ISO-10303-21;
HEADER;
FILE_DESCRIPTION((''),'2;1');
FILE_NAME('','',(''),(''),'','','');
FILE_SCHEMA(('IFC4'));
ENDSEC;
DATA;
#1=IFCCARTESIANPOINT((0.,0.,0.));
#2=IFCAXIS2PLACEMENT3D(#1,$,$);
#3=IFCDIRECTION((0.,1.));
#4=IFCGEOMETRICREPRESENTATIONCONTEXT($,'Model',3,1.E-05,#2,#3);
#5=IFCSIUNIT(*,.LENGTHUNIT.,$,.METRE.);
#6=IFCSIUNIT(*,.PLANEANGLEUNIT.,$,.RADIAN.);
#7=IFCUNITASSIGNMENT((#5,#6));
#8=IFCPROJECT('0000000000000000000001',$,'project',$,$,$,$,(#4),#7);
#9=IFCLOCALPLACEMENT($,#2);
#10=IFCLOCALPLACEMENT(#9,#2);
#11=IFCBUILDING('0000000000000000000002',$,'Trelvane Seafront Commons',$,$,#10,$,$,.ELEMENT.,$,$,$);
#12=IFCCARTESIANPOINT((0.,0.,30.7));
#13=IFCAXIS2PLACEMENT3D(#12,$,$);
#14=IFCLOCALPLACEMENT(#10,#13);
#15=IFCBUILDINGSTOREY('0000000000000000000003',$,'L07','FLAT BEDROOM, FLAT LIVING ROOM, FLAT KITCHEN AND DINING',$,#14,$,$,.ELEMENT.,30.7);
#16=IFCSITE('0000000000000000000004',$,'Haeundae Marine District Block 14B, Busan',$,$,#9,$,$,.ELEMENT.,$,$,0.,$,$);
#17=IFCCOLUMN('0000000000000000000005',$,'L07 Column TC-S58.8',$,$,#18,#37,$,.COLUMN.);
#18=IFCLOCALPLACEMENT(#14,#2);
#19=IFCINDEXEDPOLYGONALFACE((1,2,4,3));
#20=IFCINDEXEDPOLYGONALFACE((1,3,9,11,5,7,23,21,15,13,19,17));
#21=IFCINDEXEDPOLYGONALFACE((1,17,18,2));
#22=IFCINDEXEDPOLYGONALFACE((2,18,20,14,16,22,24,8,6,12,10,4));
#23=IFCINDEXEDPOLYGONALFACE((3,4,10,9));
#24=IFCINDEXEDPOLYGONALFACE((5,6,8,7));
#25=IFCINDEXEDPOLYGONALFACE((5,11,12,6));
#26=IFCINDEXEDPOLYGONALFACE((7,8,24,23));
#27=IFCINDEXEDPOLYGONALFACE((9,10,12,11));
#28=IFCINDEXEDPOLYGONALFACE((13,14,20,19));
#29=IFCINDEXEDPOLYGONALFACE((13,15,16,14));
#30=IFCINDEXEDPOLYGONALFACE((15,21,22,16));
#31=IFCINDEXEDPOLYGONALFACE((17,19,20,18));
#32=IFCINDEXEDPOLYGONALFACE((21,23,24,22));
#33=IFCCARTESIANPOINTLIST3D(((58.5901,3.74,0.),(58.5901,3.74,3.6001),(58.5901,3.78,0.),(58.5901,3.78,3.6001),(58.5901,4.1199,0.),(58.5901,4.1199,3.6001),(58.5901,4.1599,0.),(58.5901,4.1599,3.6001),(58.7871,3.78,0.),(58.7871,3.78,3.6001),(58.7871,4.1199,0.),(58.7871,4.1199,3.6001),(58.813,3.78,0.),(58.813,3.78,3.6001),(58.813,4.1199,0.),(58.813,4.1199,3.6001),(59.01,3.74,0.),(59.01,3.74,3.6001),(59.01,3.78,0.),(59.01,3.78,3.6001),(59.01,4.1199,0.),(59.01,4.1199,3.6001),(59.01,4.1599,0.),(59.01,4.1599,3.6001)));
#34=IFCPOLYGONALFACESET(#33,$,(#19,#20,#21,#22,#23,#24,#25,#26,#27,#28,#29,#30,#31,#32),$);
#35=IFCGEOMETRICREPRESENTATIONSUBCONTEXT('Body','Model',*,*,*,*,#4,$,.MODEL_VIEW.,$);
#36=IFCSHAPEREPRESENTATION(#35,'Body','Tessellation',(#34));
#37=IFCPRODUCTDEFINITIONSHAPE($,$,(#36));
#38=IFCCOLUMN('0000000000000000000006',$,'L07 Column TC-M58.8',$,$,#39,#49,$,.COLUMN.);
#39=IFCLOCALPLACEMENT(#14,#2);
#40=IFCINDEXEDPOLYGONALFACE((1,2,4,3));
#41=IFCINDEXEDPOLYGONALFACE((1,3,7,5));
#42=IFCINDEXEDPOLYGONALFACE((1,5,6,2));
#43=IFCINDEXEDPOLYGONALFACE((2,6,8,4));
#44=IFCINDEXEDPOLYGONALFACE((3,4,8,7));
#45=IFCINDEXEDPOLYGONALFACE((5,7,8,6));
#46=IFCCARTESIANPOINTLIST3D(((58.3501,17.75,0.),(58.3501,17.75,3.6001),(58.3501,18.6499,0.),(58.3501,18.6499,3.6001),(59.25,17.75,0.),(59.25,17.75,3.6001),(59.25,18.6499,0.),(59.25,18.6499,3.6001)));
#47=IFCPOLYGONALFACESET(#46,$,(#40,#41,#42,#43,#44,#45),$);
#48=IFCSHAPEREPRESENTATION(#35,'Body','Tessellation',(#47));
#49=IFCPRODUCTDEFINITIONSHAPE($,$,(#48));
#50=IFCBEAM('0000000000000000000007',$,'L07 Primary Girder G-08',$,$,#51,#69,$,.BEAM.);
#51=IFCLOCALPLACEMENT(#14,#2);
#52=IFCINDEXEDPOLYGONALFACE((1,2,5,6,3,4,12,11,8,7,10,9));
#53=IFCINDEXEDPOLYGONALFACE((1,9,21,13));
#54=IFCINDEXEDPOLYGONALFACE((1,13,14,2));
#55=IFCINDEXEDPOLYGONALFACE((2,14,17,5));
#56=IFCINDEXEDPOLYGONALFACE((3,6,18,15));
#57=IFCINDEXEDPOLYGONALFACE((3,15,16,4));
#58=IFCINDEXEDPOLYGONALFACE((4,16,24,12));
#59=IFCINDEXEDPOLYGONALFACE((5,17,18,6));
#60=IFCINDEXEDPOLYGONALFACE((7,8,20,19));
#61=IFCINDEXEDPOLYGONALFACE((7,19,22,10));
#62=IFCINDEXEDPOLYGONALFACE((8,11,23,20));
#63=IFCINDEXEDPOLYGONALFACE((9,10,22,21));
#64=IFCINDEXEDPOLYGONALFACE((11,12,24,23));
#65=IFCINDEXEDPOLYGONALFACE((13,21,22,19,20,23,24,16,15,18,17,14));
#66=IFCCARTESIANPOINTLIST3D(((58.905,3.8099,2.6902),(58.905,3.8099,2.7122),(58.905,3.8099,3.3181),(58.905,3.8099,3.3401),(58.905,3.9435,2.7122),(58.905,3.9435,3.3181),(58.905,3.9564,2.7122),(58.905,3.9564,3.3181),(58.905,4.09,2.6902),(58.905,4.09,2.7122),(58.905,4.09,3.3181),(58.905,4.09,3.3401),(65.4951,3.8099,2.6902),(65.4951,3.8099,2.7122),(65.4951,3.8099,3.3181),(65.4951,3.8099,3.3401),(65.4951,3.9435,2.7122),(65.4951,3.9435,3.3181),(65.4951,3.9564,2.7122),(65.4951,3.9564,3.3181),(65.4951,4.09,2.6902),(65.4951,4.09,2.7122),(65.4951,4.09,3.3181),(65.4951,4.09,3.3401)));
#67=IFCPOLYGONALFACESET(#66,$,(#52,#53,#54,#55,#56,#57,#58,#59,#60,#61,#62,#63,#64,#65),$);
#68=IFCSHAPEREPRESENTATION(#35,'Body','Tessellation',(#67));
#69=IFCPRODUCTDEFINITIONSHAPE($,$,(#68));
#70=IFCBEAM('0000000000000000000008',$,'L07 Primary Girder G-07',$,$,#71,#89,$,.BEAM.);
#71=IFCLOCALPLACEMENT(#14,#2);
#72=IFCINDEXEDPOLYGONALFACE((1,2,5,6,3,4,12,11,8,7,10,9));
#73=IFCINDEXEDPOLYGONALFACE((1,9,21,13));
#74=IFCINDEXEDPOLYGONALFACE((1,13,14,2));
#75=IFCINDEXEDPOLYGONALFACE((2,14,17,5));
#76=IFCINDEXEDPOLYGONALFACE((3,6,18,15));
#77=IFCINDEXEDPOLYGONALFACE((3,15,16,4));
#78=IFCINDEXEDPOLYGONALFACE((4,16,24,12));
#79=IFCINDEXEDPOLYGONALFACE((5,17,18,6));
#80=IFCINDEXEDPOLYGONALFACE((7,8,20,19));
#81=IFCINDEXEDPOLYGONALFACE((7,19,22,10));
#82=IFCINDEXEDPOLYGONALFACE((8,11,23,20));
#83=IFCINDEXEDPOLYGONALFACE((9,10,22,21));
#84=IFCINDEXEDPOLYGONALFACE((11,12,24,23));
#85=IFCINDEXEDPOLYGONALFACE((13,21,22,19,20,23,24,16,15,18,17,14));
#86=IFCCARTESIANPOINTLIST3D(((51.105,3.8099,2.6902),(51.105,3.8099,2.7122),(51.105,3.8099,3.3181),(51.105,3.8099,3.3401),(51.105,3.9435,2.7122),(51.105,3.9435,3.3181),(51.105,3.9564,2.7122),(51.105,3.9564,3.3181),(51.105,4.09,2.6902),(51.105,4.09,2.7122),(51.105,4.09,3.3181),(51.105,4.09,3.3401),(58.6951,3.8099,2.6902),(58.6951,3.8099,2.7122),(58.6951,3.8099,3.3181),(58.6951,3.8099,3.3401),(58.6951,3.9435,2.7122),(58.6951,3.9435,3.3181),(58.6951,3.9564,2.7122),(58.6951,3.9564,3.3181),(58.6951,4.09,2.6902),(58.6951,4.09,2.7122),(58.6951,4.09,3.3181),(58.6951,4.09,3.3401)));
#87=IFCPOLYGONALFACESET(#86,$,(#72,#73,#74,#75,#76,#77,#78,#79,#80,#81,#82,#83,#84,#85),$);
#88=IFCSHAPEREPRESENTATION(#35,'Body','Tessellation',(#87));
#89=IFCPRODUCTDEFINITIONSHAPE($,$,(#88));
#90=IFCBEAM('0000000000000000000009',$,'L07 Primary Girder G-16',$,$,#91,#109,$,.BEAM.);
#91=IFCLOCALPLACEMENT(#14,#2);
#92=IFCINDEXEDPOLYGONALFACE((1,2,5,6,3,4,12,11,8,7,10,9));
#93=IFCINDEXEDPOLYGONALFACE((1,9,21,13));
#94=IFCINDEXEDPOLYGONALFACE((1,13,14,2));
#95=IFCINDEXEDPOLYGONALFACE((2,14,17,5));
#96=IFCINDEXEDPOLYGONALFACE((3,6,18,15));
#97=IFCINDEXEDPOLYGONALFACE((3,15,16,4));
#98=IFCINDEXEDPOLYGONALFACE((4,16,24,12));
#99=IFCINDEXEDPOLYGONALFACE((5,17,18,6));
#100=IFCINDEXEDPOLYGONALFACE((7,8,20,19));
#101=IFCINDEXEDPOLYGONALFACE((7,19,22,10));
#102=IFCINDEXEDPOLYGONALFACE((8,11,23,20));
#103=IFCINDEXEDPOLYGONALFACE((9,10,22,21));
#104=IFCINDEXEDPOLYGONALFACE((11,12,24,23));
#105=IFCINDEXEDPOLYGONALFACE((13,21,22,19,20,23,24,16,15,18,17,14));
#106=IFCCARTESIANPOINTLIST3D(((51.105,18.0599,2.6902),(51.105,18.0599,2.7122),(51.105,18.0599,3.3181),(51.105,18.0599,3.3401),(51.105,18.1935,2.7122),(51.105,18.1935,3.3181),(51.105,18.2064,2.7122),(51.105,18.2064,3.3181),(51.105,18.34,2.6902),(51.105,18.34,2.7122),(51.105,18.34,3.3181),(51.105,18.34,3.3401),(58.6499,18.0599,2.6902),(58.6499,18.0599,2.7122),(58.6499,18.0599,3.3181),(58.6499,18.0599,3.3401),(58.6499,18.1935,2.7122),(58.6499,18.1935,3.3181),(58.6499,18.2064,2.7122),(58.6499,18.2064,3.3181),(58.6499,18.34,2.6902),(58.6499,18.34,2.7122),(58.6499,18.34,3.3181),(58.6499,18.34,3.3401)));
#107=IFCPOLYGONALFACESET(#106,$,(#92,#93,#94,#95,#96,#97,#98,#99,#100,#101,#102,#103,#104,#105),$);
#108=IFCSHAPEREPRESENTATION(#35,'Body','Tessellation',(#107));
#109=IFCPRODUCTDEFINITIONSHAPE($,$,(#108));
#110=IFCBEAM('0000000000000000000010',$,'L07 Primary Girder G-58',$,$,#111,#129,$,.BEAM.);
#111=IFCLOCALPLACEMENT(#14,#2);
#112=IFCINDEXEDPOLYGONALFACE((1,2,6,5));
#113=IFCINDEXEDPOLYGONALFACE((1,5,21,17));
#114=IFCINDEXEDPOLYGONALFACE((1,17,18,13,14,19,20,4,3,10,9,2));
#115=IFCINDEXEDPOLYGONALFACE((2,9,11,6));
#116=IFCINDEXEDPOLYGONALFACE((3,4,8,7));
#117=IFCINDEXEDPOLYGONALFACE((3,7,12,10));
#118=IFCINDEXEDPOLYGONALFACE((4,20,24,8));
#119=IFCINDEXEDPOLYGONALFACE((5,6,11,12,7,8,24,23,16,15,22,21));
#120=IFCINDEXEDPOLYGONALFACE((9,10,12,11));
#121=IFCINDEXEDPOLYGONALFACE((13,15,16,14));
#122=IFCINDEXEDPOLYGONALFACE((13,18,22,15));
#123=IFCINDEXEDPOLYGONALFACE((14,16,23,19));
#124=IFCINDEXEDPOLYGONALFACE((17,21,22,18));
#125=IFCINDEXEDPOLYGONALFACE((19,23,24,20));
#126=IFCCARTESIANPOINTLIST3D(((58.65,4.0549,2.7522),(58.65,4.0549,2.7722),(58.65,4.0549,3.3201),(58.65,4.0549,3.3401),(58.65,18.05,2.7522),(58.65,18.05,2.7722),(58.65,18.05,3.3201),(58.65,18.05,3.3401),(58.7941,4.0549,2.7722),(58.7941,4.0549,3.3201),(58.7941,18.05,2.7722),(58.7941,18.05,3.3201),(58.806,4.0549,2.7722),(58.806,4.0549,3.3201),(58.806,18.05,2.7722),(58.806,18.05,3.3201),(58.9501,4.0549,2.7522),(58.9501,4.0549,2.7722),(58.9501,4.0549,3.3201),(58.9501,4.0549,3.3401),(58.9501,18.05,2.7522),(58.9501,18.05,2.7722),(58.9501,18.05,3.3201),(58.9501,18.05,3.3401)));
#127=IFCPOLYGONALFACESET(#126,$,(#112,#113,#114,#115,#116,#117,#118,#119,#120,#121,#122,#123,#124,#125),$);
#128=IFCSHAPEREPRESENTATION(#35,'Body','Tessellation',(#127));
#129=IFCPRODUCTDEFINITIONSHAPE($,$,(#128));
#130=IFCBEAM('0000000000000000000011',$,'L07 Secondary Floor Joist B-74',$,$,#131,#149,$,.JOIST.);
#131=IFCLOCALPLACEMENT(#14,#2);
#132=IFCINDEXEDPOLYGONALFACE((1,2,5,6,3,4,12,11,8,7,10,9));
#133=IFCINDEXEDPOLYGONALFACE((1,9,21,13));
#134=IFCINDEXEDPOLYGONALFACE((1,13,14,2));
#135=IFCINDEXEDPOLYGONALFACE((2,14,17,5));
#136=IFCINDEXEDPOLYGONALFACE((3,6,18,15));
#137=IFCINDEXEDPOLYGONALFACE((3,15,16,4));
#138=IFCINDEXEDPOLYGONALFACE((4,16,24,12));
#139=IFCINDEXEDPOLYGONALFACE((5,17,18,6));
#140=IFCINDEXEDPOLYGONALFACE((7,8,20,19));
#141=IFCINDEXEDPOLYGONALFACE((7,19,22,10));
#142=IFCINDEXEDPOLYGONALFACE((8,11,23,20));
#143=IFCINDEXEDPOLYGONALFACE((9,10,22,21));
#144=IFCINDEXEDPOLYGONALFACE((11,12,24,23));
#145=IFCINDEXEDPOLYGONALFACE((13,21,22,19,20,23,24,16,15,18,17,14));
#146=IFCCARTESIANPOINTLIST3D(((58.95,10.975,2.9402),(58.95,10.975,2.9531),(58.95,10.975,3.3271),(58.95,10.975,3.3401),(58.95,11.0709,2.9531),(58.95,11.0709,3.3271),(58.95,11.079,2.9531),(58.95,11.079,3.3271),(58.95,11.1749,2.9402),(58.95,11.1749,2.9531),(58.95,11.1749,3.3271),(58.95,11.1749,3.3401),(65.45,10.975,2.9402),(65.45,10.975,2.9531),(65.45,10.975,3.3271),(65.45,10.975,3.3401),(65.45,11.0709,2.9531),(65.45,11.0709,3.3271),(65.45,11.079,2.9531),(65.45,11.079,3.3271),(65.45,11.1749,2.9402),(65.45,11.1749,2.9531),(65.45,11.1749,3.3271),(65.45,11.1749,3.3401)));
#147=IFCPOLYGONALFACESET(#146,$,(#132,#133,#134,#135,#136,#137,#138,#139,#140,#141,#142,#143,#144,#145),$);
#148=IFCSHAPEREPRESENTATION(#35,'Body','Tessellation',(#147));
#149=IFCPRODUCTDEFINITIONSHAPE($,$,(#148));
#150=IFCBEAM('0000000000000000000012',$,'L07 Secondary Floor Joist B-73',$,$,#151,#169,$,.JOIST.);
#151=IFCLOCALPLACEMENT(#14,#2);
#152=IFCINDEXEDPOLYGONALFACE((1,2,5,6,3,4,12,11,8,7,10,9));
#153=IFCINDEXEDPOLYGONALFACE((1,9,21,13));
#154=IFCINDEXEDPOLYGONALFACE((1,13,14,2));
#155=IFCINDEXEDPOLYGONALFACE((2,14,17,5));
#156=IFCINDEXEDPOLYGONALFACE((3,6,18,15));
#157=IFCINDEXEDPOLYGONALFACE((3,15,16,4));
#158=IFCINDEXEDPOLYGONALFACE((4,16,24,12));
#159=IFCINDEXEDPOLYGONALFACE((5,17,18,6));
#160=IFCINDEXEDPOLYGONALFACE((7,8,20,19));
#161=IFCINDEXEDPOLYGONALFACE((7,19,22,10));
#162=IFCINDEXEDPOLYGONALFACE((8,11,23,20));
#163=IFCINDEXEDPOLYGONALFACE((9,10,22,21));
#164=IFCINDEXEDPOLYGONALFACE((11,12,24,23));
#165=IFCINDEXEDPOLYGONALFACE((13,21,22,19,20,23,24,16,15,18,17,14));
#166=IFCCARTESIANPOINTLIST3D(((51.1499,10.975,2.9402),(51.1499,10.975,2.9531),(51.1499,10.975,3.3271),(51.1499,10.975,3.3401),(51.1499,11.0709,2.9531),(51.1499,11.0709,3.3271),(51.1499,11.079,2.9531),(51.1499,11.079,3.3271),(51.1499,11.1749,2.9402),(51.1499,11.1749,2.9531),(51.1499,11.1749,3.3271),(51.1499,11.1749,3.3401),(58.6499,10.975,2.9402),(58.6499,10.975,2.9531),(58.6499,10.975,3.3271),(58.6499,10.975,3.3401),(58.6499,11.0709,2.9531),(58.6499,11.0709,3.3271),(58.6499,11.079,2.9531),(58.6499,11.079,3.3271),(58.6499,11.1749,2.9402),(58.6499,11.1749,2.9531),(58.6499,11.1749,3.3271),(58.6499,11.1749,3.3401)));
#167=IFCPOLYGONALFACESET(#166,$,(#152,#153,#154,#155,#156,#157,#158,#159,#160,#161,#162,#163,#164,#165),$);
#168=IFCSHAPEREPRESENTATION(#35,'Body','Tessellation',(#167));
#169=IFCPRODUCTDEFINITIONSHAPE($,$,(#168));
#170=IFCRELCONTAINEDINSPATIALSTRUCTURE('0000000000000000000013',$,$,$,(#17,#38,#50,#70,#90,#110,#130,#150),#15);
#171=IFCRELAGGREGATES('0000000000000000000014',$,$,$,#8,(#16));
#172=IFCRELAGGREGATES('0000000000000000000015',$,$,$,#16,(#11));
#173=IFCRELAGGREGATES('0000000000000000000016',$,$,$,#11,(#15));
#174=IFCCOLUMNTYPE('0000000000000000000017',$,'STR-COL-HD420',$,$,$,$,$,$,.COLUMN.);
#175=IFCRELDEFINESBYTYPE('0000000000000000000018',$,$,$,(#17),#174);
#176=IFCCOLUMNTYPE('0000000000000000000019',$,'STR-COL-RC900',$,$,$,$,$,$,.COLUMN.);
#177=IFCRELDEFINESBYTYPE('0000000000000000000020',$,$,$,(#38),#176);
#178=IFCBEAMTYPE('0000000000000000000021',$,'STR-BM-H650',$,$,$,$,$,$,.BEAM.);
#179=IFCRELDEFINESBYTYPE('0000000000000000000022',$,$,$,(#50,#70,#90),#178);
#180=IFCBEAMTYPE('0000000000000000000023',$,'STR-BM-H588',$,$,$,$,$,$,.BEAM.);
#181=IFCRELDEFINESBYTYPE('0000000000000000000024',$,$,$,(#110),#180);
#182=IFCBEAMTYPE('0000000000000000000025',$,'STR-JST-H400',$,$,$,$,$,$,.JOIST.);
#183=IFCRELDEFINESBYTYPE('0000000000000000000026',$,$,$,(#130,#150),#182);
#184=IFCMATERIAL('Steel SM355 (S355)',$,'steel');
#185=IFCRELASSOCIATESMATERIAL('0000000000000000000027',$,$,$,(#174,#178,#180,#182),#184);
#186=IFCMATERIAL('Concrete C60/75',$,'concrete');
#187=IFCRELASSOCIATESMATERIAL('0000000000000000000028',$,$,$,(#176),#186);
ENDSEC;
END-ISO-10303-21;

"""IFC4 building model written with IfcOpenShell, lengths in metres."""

from ifc_helpers import new_model, si_unit, direction, frame, origin, origin_2d, place, context, subcontext, project, spatial, rectangle, i_section, extrude, source, transform, mapped, material, material_profile, profile_set, type_object, element, save


model = new_model("IFC4")

# Units and contexts
model_context = context("Model", 3, precision=1e-05, world=origin(), true_north=direction((0.0, 1.0)))
body_context = subcontext(model_context, "Body", "Model", "MODEL_VIEW")
ifc_project = project(units=[si_unit("LENGTHUNIT", "METRE"), si_unit("PLANEANGLEUNIT", "RADIAN")], contexts=[model_context])

# Site, building, storey
site_placement = place(None, origin())
site = spatial("IfcSite", under=ifc_project, at=site_placement, Name="Haeundae Marine District Block 14B, Busan", CompositionType="ELEMENT", RefElevation=0.0)
building_placement = place(site_placement, origin())
building = spatial("IfcBuilding", under=site, at=building_placement, Name="Trelvane Seafront Commons", CompositionType="ELEMENT")
storey_placement = place(building_placement, frame((0.0, 0.0, 30.7)))
storey = spatial("IfcBuildingStorey", under=building, at=storey_placement, Name="L07", Description="FLAT BEDROOM, FLAT LIVING ROOM, FLAT KITCHEN AND DINING", CompositionType="ELEMENT", Elevation=30.7)

# Columns
ifc_material_1 = material(Name="Steel SM355 (S355)", Category="steel")
ifc_material_profile_1 = material_profile(ifc_material_1, i_section(OverallWidth=0.4199, OverallDepth=0.4199, WebThickness=0.0259, FlangeThickness=0.04, at=origin_2d()), Name="HD-420x420x26x40")
ifc_profile_set_1 = profile_set([ifc_material_profile_1], Name="Steel SM355 (S355)")
column_type_1 = type_object("IfcColumnType", Name="STR-COL-HD420", PredefinedType="COLUMN", material=ifc_profile_set_1)
shared_shape_1 = source(origin(), body_context, "Body", "SweptSolid", [
    extrude(i_section(OverallWidth=0.4199, OverallDepth=0.4199, WebThickness=0.0259, FlangeThickness=0.04, at=origin_2d()), origin(), (0.0, 0.0, 1.0), 3.6001),
])
column_1_placement = place(storey_placement, frame((58.8, 3.95, 0.0), z_axis=(0.0, 0.0, 1.0), x_axis=(1.0, 0.0, 0.0)))
element("IfcColumn", 1, at=column_1_placement, inside=storey, type_object=column_type_1, Name="L07 Column TC-S58.8", PredefinedType="COLUMN", context=body_context, shape_type="MappedRepresentation", body=[
    mapped(shared_shape_1, transform((0.0, 0.0, 0.0), x_axis=(1.0, 0.0, 0.0), y_axis=(0.0, 1.0, 0.0), z_axis=(0.0, 0.0, 1.0), scale=1.0)),
])
ifc_material_2 = material(Name="Concrete C60/75", Category="concrete")
ifc_material_profile_2 = material_profile(ifc_material_2, rectangle(XDim=0.8999, YDim=0.8999, at=origin_2d()), Name="RC-900x900")
ifc_profile_set_2 = profile_set([ifc_material_profile_2], Name="Concrete C60/75")
column_type_2 = type_object("IfcColumnType", Name="STR-COL-RC900", PredefinedType="COLUMN", material=ifc_profile_set_2)
shared_shape_2 = source(origin(), body_context, "Body", "SweptSolid", [
    extrude(rectangle(XDim=0.8999, YDim=0.8999, at=origin_2d()), origin(), (0.0, 0.0, 1.0), 3.6001),
])
column_2_placement = place(storey_placement, frame((58.8, 18.2, 0.0), z_axis=(0.0, 0.0, 1.0), x_axis=(1.0, 0.0, 0.0)))
element("IfcColumn", 2, at=column_2_placement, inside=storey, type_object=column_type_2, Name="L07 Column TC-M58.8", PredefinedType="COLUMN", context=body_context, shape_type="MappedRepresentation", body=[
    mapped(shared_shape_2, transform((0.0, 0.0, 0.0), x_axis=(1.0, 0.0, 0.0), y_axis=(0.0, 1.0, 0.0), z_axis=(0.0, 0.0, 1.0), scale=1.0)),
])

# Beams
ifc_material_profile_3 = material_profile(ifc_material_1, i_section(OverallWidth=0.28, OverallDepth=0.6499, WebThickness=0.0129, FlangeThickness=0.022, at=origin_2d()), Name="H-650x280x13x22")
ifc_profile_set_3 = profile_set([ifc_material_profile_3], Name="Steel SM355 (S355)")
beam_type_1 = type_object("IfcBeamType", Name="STR-BM-H650", PredefinedType="BEAM", material=ifc_profile_set_3)
shared_shape_3 = source(origin(), body_context, "Body", "SweptSolid", [
    extrude(i_section(OverallWidth=0.28, OverallDepth=0.6499, WebThickness=0.0129, FlangeThickness=0.022, at=origin_2d()), origin(), (0.0, 0.0, 1.0), 6.5901),
])
beam_1_placement = place(storey_placement, frame((58.905, 3.95, 3.0151), z_axis=(1.0, 0.0, 0.0), x_axis=(0.0, 1.0, 0.0)))
element("IfcBeam", 3, at=beam_1_placement, inside=storey, type_object=beam_type_1, Name="L07 Primary Girder G-08", PredefinedType="BEAM", context=body_context, shape_type="MappedRepresentation", body=[
    mapped(shared_shape_3, transform((0.0, 0.0, 0.0), x_axis=(1.0, 0.0, 0.0), y_axis=(0.0, 1.0, 0.0), z_axis=(0.0, 0.0, 1.0), scale=1.0)),
])
shared_shape_4 = source(origin(), body_context, "Body", "SweptSolid", [
    extrude(i_section(OverallWidth=0.28, OverallDepth=0.6499, WebThickness=0.0129, FlangeThickness=0.022, at=origin_2d()), origin(), (0.0, 0.0, 1.0), 7.5901),
])
beam_2_placement = place(storey_placement, frame((51.105, 3.95, 3.0151), z_axis=(1.0, 0.0, 0.0), x_axis=(0.0, 1.0, 0.0)))
element("IfcBeam", 4, at=beam_2_placement, inside=storey, type_object=beam_type_1, Name="L07 Primary Girder G-07", PredefinedType="BEAM", context=body_context, shape_type="MappedRepresentation", body=[
    mapped(shared_shape_4, transform((0.0, 0.0, 0.0), x_axis=(1.0, 0.0, 0.0), y_axis=(0.0, 1.0, 0.0), z_axis=(0.0, 0.0, 1.0), scale=1.0)),
])
shared_shape_5 = source(origin(), body_context, "Body", "SweptSolid", [
    extrude(i_section(OverallWidth=0.28, OverallDepth=0.6499, WebThickness=0.0129, FlangeThickness=0.022, at=origin_2d()), origin(), (0.0, 0.0, 1.0), 7.5449),
])
beam_3_placement = place(storey_placement, frame((51.105, 18.2, 3.0151), z_axis=(1.0, 0.0, 0.0), x_axis=(0.0, 1.0, 0.0)))
element("IfcBeam", 5, at=beam_3_placement, inside=storey, type_object=beam_type_1, Name="L07 Primary Girder G-16", PredefinedType="BEAM", context=body_context, shape_type="MappedRepresentation", body=[
    mapped(shared_shape_5, transform((0.0, 0.0, 0.0), x_axis=(1.0, 0.0, 0.0), y_axis=(0.0, 1.0, 0.0), z_axis=(0.0, 0.0, 1.0), scale=1.0)),
])
ifc_material_profile_4 = material_profile(ifc_material_1, i_section(OverallWidth=0.3, OverallDepth=0.5879, WebThickness=0.012, FlangeThickness=0.02, at=origin_2d()), Name="H-588x300x12x20")
ifc_profile_set_4 = profile_set([ifc_material_profile_4], Name="Steel SM355 (S355)")
beam_type_2 = type_object("IfcBeamType", Name="STR-BM-H588", PredefinedType="BEAM", material=ifc_profile_set_4)
shared_shape_6 = source(origin(), body_context, "Body", "SweptSolid", [
    extrude(i_section(OverallWidth=0.3, OverallDepth=0.5879, WebThickness=0.012, FlangeThickness=0.02, at=origin_2d()), origin(), (0.0, 0.0, 1.0), 13.9951),
])
beam_4_placement = place(storey_placement, frame((58.8, 4.0549, 3.0461), z_axis=(0.0, 1.0, 0.0), x_axis=(-1.0, 0.0, 0.0)))
element("IfcBeam", 6, at=beam_4_placement, inside=storey, type_object=beam_type_2, Name="L07 Primary Girder G-58", PredefinedType="BEAM", context=body_context, shape_type="MappedRepresentation", body=[
    mapped(shared_shape_6, transform((0.0, 0.0, 0.0), x_axis=(1.0, 0.0, 0.0), y_axis=(0.0, 1.0, 0.0), z_axis=(0.0, 0.0, 1.0), scale=1.0)),
])
ifc_material_profile_5 = material_profile(ifc_material_1, i_section(OverallWidth=0.2, OverallDepth=0.3999, WebThickness=0.0081, FlangeThickness=0.0129, at=origin_2d()), Name="H-400x200x8x13")
ifc_profile_set_5 = profile_set([ifc_material_profile_5], Name="Steel SM355 (S355)")
beam_type_3 = type_object("IfcBeamType", Name="STR-JST-H400", PredefinedType="JOIST", material=ifc_profile_set_5)
shared_shape_7 = source(origin(), body_context, "Body", "SweptSolid", [
    extrude(i_section(OverallWidth=0.2, OverallDepth=0.3999, WebThickness=0.0081, FlangeThickness=0.0129, at=origin_2d()), origin(), (0.0, 0.0, 1.0), 6.5),
])
beam_5_placement = place(storey_placement, frame((58.95, 11.075, 3.1401), z_axis=(1.0, 0.0, 0.0), x_axis=(0.0, 1.0, 0.0)))
element("IfcBeam", 7, at=beam_5_placement, inside=storey, type_object=beam_type_3, Name="L07 Secondary Floor Joist B-74", PredefinedType="JOIST", context=body_context, shape_type="MappedRepresentation", body=[
    mapped(shared_shape_7, transform((0.0, 0.0, 0.0), x_axis=(1.0, 0.0, 0.0), y_axis=(0.0, 1.0, 0.0), z_axis=(0.0, 0.0, 1.0), scale=1.0)),
])
shared_shape_8 = source(origin(), body_context, "Body", "SweptSolid", [
    extrude(i_section(OverallWidth=0.2, OverallDepth=0.3999, WebThickness=0.0081, FlangeThickness=0.0129, at=origin_2d()), origin(), (0.0, 0.0, 1.0), 7.5),
])
beam_6_placement = place(storey_placement, frame((51.1499, 11.075, 3.1401), z_axis=(1.0, 0.0, 0.0), x_axis=(0.0, 1.0, 0.0)))
element("IfcBeam", 8, at=beam_6_placement, inside=storey, type_object=beam_type_3, Name="L07 Secondary Floor Joist B-73", PredefinedType="JOIST", context=body_context, shape_type="MappedRepresentation", body=[
    mapped(shared_shape_8, transform((0.0, 0.0, 0.0), x_axis=(1.0, 0.0, 0.0), y_axis=(0.0, 1.0, 0.0), z_axis=(0.0, 0.0, 1.0), scale=1.0)),
])

save(model, "model.ifc")
